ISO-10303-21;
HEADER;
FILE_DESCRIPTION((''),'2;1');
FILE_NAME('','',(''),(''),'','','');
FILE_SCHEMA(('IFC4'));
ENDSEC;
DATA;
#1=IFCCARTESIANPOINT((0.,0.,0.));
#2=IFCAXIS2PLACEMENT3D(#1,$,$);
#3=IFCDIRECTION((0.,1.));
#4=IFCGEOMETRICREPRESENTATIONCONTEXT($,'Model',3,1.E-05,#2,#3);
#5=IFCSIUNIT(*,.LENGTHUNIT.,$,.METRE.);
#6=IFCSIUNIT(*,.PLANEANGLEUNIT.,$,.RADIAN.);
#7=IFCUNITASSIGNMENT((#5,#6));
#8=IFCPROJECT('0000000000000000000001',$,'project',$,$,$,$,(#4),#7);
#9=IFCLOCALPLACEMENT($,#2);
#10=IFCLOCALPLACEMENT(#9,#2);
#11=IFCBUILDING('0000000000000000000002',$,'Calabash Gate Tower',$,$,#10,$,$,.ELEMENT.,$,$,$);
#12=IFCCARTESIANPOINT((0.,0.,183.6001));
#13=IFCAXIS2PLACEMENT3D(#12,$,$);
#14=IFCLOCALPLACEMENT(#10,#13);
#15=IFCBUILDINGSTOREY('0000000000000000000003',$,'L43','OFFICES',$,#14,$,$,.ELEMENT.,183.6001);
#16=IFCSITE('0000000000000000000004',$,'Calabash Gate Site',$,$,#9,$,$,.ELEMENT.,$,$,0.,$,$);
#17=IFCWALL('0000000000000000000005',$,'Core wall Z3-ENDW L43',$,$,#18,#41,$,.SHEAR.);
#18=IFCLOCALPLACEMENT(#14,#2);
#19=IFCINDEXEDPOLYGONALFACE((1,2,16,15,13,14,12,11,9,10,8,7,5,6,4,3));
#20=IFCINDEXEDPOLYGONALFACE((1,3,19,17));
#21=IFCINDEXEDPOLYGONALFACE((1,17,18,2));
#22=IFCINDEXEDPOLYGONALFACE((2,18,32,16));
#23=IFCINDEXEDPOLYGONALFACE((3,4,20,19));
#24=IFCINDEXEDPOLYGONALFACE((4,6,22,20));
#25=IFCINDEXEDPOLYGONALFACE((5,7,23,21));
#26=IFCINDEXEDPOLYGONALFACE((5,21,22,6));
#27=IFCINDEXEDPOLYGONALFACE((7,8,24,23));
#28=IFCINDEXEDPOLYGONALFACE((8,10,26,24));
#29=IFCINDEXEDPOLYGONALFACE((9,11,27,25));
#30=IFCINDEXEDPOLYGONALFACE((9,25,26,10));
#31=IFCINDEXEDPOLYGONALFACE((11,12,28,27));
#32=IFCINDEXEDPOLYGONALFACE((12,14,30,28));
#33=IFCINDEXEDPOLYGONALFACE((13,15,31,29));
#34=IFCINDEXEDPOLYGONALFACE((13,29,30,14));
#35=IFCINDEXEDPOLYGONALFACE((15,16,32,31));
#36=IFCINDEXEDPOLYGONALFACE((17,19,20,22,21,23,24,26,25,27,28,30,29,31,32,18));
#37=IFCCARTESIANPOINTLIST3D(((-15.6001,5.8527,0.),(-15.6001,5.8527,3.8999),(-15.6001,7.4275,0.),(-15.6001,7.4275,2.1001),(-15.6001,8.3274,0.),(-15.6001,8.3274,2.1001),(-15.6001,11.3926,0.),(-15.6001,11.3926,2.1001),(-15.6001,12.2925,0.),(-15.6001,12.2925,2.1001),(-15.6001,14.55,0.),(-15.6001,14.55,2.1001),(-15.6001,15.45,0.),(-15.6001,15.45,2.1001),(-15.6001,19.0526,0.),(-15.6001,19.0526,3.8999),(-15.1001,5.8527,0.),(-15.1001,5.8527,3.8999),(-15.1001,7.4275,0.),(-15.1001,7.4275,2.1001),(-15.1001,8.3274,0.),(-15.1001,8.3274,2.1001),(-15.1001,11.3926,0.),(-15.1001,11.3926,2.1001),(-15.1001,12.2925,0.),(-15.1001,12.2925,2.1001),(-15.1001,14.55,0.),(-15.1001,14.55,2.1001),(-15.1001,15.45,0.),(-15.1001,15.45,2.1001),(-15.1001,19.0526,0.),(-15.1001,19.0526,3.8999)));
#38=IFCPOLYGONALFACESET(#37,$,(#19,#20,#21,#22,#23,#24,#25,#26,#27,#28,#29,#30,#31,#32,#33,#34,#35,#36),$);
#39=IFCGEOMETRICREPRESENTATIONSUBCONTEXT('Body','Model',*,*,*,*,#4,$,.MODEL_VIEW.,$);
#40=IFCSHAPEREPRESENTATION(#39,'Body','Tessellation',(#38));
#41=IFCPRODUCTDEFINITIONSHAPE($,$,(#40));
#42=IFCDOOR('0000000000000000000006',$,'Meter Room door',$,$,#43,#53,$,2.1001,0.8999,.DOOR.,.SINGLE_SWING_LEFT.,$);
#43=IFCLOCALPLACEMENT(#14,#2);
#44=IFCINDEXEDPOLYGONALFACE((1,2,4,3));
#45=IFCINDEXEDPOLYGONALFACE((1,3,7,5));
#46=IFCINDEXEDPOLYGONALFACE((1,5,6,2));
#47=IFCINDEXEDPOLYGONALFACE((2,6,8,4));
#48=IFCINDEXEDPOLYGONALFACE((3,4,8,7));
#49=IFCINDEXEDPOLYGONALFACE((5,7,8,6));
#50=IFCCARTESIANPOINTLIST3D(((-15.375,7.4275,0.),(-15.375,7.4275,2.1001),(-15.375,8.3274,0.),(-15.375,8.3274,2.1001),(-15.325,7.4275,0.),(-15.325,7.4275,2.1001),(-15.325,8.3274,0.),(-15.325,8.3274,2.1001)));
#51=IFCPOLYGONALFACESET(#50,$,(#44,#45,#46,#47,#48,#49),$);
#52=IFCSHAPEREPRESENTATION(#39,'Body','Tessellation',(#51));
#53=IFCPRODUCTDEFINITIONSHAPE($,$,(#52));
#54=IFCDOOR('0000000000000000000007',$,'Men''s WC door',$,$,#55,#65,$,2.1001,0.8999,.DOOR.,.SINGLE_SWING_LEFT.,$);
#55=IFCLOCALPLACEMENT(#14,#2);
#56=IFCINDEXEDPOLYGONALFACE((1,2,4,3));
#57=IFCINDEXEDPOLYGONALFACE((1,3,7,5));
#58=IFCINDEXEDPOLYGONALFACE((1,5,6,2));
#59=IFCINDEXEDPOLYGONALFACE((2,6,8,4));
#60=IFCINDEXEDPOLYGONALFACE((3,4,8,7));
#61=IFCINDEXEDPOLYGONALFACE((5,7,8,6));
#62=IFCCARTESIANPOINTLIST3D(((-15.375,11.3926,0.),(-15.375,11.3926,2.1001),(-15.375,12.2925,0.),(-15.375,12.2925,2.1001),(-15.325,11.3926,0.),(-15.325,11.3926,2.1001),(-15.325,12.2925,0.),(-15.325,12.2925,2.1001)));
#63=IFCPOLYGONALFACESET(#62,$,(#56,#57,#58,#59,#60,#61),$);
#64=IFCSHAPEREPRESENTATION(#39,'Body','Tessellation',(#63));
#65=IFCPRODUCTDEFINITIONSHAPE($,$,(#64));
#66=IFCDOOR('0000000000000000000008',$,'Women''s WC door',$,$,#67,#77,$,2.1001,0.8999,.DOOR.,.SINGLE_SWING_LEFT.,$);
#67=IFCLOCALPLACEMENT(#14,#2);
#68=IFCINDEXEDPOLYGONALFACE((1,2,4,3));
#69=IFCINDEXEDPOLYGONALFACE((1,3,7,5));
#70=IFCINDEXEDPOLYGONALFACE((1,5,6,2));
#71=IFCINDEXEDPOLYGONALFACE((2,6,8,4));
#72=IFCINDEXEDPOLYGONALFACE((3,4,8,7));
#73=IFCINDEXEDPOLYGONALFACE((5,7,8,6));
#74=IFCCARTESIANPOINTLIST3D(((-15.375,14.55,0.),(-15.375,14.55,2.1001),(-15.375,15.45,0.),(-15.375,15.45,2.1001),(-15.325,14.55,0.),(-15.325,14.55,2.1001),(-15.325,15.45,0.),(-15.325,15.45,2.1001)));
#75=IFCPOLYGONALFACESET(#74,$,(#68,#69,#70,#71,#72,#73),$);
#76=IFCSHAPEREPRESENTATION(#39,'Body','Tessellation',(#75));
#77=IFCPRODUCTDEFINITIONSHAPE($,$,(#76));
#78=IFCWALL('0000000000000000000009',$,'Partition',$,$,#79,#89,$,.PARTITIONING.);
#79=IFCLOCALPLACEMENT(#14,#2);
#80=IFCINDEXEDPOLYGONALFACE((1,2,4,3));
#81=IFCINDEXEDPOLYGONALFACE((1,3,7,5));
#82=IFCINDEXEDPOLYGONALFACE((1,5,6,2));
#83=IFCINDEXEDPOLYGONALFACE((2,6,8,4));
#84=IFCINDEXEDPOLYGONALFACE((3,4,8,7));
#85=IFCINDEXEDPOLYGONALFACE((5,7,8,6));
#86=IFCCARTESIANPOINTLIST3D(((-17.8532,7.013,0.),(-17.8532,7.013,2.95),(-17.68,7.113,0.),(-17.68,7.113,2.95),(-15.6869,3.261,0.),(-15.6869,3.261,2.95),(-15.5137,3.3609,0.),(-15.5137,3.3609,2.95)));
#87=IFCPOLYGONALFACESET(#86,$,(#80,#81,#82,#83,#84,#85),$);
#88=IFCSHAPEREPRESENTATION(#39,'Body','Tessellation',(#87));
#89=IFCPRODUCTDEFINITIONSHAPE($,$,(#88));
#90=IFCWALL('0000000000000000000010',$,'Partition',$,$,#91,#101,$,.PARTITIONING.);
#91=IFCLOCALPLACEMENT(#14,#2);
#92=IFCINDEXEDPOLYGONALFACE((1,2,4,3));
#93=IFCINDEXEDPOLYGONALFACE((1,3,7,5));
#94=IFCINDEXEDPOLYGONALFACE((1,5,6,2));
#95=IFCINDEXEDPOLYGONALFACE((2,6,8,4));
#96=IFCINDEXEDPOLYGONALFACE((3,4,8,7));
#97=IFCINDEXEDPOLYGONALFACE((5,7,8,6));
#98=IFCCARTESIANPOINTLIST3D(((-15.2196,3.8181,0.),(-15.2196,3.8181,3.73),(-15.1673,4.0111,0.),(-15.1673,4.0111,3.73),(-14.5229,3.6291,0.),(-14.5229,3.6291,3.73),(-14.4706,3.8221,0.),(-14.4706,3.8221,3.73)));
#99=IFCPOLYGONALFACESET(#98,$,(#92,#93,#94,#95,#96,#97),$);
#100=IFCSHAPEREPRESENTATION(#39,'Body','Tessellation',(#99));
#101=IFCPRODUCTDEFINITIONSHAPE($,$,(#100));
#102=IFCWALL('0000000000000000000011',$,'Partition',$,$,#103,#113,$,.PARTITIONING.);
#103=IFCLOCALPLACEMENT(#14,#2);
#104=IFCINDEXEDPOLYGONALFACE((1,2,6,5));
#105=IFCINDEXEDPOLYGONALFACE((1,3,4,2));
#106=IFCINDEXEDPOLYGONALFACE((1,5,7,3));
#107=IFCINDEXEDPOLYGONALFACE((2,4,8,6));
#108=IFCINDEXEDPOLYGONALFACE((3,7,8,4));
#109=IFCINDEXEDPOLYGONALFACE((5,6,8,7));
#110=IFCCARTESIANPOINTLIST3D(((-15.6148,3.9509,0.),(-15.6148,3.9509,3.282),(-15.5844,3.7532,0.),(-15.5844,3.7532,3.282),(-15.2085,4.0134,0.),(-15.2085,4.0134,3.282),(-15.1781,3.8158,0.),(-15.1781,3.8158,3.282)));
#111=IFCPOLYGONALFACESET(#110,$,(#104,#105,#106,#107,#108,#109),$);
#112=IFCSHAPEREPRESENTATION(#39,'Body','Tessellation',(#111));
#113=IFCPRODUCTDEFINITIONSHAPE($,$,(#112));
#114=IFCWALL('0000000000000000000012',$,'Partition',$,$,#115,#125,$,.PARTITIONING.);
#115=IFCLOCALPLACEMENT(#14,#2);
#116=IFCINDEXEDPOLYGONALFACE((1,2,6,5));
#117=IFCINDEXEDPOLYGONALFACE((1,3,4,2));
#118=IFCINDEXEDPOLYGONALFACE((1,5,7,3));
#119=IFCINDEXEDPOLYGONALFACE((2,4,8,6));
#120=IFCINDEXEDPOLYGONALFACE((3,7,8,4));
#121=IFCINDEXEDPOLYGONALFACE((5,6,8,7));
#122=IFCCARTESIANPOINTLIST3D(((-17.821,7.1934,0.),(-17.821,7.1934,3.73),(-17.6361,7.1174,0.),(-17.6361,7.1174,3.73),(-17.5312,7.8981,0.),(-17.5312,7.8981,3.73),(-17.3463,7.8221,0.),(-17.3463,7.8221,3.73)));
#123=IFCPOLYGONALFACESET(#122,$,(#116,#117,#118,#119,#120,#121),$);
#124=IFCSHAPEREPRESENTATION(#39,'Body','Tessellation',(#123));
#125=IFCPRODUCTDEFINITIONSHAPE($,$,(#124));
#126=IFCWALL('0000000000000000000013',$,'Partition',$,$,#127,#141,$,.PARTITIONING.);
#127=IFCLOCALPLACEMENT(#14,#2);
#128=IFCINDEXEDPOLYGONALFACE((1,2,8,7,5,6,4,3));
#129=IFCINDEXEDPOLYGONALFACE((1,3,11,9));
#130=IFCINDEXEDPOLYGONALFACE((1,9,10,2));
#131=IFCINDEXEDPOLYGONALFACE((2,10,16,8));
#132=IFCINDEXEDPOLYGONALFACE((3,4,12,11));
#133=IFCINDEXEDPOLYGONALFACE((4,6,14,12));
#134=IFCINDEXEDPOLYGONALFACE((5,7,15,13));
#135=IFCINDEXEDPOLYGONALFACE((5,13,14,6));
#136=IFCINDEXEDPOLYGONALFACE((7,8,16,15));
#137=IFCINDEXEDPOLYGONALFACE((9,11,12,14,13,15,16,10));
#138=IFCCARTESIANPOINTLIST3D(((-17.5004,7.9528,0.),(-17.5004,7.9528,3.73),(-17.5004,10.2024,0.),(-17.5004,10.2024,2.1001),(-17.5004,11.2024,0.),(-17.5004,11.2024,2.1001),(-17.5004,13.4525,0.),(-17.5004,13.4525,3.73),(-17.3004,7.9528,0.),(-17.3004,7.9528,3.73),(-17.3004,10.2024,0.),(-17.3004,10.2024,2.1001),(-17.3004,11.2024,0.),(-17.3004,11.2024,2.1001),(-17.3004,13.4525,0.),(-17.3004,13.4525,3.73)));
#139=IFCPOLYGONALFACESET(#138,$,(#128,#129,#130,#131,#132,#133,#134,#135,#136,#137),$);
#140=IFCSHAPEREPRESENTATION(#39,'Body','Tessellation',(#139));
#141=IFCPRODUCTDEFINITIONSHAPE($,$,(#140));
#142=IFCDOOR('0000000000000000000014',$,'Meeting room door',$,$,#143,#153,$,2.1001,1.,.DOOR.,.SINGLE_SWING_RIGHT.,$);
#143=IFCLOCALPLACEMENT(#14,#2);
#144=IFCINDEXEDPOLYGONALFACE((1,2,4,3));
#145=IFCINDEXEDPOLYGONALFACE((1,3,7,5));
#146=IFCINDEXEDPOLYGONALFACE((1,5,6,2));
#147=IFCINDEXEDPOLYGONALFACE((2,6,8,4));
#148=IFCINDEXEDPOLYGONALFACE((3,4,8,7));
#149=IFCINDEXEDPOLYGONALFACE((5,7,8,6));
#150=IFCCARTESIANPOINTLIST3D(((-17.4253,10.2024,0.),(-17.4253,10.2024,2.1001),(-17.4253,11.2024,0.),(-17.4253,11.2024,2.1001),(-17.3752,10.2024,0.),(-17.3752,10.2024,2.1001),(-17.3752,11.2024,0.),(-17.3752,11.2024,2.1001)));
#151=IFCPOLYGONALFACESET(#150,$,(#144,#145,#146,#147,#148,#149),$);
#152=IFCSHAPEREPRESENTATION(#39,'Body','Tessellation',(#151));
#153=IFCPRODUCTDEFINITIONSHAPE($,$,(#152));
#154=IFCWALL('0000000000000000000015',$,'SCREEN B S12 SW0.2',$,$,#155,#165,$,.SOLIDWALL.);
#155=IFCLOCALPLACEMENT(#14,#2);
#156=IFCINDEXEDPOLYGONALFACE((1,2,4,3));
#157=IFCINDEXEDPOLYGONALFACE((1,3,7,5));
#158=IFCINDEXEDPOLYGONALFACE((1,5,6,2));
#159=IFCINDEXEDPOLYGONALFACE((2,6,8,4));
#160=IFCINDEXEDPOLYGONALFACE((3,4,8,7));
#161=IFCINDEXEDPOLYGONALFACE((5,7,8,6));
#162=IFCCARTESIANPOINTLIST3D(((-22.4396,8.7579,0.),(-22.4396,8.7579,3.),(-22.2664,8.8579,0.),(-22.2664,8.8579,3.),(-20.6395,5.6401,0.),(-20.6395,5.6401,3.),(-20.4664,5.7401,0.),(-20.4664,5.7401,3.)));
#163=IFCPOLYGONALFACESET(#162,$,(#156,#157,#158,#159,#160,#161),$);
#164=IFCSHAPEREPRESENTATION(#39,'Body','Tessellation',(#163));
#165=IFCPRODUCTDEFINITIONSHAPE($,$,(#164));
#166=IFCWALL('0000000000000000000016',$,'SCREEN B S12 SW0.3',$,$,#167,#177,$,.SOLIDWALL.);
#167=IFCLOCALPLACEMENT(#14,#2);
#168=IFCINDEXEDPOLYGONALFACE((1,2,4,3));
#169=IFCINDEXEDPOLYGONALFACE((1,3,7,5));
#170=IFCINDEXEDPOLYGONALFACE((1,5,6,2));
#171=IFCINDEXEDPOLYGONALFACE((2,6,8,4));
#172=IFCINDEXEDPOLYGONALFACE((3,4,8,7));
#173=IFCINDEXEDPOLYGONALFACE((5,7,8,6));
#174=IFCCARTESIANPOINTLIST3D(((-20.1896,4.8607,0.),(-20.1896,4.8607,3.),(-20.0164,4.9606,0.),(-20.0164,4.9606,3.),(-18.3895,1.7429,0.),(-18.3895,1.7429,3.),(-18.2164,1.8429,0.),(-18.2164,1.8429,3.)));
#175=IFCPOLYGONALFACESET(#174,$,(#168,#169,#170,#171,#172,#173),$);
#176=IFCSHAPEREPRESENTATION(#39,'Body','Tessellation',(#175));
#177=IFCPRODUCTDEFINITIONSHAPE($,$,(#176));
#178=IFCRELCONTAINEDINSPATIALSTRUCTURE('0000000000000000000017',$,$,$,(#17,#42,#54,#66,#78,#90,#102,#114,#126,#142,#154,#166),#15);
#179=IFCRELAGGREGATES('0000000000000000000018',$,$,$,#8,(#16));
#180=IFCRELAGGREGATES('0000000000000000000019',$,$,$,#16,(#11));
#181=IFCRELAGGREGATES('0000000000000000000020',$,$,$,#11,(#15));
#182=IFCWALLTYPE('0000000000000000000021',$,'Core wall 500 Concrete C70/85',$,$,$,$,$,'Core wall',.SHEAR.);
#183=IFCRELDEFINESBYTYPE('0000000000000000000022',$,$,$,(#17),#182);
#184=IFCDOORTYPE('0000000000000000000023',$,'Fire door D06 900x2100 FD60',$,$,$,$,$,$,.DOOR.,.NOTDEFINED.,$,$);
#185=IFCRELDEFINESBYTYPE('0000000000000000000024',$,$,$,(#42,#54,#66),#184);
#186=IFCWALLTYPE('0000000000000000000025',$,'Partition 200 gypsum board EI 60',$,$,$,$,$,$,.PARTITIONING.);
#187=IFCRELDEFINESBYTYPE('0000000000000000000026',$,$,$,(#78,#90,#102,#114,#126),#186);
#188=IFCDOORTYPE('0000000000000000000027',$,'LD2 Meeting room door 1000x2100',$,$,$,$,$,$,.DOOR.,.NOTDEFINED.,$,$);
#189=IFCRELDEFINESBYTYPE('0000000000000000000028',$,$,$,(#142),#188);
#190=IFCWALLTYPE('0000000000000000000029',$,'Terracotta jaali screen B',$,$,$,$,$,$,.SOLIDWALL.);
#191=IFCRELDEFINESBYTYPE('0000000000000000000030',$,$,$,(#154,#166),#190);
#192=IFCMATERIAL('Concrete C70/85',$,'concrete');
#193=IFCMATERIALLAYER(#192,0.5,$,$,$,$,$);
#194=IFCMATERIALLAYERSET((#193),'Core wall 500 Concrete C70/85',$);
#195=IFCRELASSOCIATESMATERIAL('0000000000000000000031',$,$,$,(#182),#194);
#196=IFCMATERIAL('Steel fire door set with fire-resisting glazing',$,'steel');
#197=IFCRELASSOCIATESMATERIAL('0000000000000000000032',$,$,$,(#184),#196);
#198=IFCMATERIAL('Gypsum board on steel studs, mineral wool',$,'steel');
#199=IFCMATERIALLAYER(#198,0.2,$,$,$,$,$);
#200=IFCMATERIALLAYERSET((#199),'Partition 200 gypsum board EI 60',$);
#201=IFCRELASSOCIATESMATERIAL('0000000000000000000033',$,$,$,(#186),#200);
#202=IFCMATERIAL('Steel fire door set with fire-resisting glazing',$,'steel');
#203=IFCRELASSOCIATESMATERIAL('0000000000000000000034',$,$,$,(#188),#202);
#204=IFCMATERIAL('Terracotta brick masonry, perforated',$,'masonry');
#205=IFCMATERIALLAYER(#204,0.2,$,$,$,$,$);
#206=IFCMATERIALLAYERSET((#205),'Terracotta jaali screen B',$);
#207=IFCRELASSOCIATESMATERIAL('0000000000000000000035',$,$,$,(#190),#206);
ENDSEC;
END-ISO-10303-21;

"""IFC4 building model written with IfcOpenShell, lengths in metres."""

from ifc_helpers import new_model, si_unit, direction, frame, frame_2d, origin, place, context, subcontext, project, spatial, rectangle, extrude, material, layer, layer_set, type_object, element, fill, save


model = new_model("IFC4")

# Units and contexts
model_context = context("Model", 3, precision=1e-05, world=origin(), true_north=direction((0.0, 1.0)))
body_context = subcontext(model_context, "Body", "Model", "MODEL_VIEW")
ifc_project = project(units=[si_unit("LENGTHUNIT", "METRE"), si_unit("PLANEANGLEUNIT", "RADIAN")], contexts=[model_context])

# Site, building, storey
site_placement = place(None, origin())
site = spatial("IfcSite", under=ifc_project, at=site_placement, Name="Calabash Gate Site", CompositionType="ELEMENT", RefElevation=0.0)
building_placement = place(site_placement, origin())
building = spatial("IfcBuilding", under=site, at=building_placement, Name="Calabash Gate Tower", CompositionType="ELEMENT")
storey_placement = place(building_placement, frame((0.0, 0.0, 183.6001)))
storey = spatial("IfcBuildingStorey", under=building, at=storey_placement, Name="L43", Description="OFFICES", CompositionType="ELEMENT", Elevation=183.6001)

# Wall, openings, doors
ifc_material_1 = material(Name="Concrete C70/85", Category="concrete")
ifc_layer_1 = layer(ifc_material_1, 0.5)
ifc_layer_set_1 = layer_set([ifc_layer_1], Name="Core wall 500 Concrete C70/85")
wall_type_1 = type_object("IfcWallType", Name="Core wall 500 Concrete C70/85", ElementType="Core wall", PredefinedType="SHEAR", material=ifc_layer_set_1)
wall_1_placement = place(storey_placement, frame((-15.3501, 5.8525, 0.0), z_axis=(0.0, 0.0, 1.0), x_axis=(0.0, 1.0, 0.0)))
wall_1 = element("IfcWall", 1, at=wall_1_placement, inside=storey, type_object=wall_type_1, Name="Core wall Z3-ENDW L43", PredefinedType="SHEAR", context=body_context, shape_type="SweptSolid", body=[
    extrude(rectangle(XDim=13.2, YDim=0.5, at=frame_2d((6.6001, 0.0))), origin(), (0.0, 0.0, 1.0), 3.8999),
])
opening_1_placement = place(wall_1_placement, frame((1.575, 0.0, 0.0)))
opening_1 = element("IfcOpeningElement", 2, at=opening_1_placement, cuts=wall_1, PredefinedType="OPENING", context=body_context, shape_type="SweptSolid", body=[
    extrude(rectangle(XDim=0.8999, YDim=2.1001, at=frame_2d((0.45, 1.05))), frame((0.0, 0.26, 0.0), z_axis=(0.0, -1.0, 0.0), x_axis=(1.0, 0.0, 0.0)), (0.0, 0.0, 1.0), 0.52),
])
opening_2_placement = place(wall_1_placement, frame((5.54, 0.0, 0.0)))
opening_2 = element("IfcOpeningElement", 3, at=opening_2_placement, cuts=wall_1, PredefinedType="OPENING", context=body_context, shape_type="SweptSolid", body=[
    extrude(rectangle(XDim=0.8999, YDim=2.1001, at=frame_2d((0.45, 1.05))), frame((0.0, 0.26, 0.0), z_axis=(0.0, -1.0, 0.0), x_axis=(1.0, 0.0, 0.0)), (0.0, 0.0, 1.0), 0.52),
])
opening_3_placement = place(wall_1_placement, frame((8.6975, 0.0, 0.0)))
opening_3 = element("IfcOpeningElement", 4, at=opening_3_placement, cuts=wall_1, PredefinedType="OPENING", context=body_context, shape_type="SweptSolid", body=[
    extrude(rectangle(XDim=0.8999, YDim=2.1001, at=frame_2d((0.45, 1.05))), frame((0.0, 0.26, 0.0), z_axis=(0.0, -1.0, 0.0), x_axis=(1.0, 0.0, 0.0)), (0.0, 0.0, 1.0), 0.52),
])
ifc_material_2 = material(Name="Steel fire door set with fire-resisting glazing", Category="steel")
door_type_1 = type_object("IfcDoorType", Name="Fire door D06 900x2100 FD60", OperationType="NOTDEFINED", PredefinedType="DOOR", material=ifc_material_2)
door_1_placement = place(opening_1_placement, origin())
door_1 = element("IfcDoor", 5, at=door_1_placement, inside=storey, type_object=door_type_1, Name="Meter Room door", OperationType="SINGLE_SWING_LEFT", OverallHeight=2.1001, OverallWidth=0.8999, PredefinedType="DOOR", context=body_context, shape_type="SweptSolid", body=[
    extrude(rectangle(XDim=0.8999, YDim=2.1001, at=frame_2d((0.45, 1.05))), frame((0.0, 0.0249, 0.0), z_axis=(0.0, -1.0, 0.0), x_axis=(1.0, 0.0, 0.0)), (0.0, 0.0, 1.0), 0.05),
])
fill(opening_1, door_1)
door_2_placement = place(opening_2_placement, origin())
door_2 = element("IfcDoor", 6, at=door_2_placement, inside=storey, type_object=door_type_1, Name="Men's WC door", OperationType="SINGLE_SWING_LEFT", OverallHeight=2.1001, OverallWidth=0.8999, PredefinedType="DOOR", context=body_context, shape_type="SweptSolid", body=[
    extrude(rectangle(XDim=0.8999, YDim=2.1001, at=frame_2d((0.45, 1.05))), frame((0.0, 0.0249, 0.0), z_axis=(0.0, -1.0, 0.0), x_axis=(1.0, 0.0, 0.0)), (0.0, 0.0, 1.0), 0.05),
])
fill(opening_2, door_2)
door_3_placement = place(opening_3_placement, origin())
door_3 = element("IfcDoor", 7, at=door_3_placement, inside=storey, type_object=door_type_1, Name="Women's WC door", OperationType="SINGLE_SWING_LEFT", OverallHeight=2.1001, OverallWidth=0.8999, PredefinedType="DOOR", context=body_context, shape_type="SweptSolid", body=[
    extrude(rectangle(XDim=0.8999, YDim=2.1001, at=frame_2d((0.45, 1.05))), frame((0.0, 0.0249, 0.0), z_axis=(0.0, -1.0, 0.0), x_axis=(1.0, 0.0, 0.0)), (0.0, 0.0, 1.0), 0.05),
])
fill(opening_3, door_3)

# Walls
ifc_material_3 = material(Name="Gypsum board on steel studs, mineral wool", Category="steel")
ifc_layer_2 = layer(ifc_material_3, 0.2)
ifc_layer_set_2 = layer_set([ifc_layer_2], Name="Partition 200 gypsum board EI 60")
wall_type_2 = type_object("IfcWallType", Name="Partition 200 gypsum board EI 60", PredefinedType="PARTITIONING", material=ifc_layer_set_2)
wall_2_placement = place(storey_placement, frame((-17.7666, 7.063, 0.0), z_axis=(0.0, 0.0, 1.0), x_axis=(0.500012, -0.866019, 0.0)))
element("IfcWall", 8, at=wall_2_placement, inside=storey, type_object=wall_type_2, Name="Partition", PredefinedType="PARTITIONING", context=body_context, shape_type="SweptSolid", body=[
    extrude(rectangle(XDim=4.3325, YDim=0.2, at=frame_2d((2.1663, 0.0))), origin(), (0.0, 0.0, 1.0), 2.95),
])
wall_3_placement = place(storey_placement, frame((-15.1934, 3.9146, 0.0), z_axis=(0.0, 0.0, 1.0), x_axis=(0.965137, -0.261744, 0.0)))
element("IfcWall", 9, at=wall_3_placement, inside=storey, type_object=wall_type_2, Name="Partition", PredefinedType="PARTITIONING", context=body_context, shape_type="SweptSolid", body=[
    extrude(rectangle(XDim=0.7219, YDim=0.2, at=frame_2d((0.3608, 0.0))), origin(), (0.0, 0.0, 1.0), 3.73),
])
wall_4_placement = place(storey_placement, frame((-15.5996, 3.8521, 0.0), z_axis=(0.0, 0.0, 1.0), x_axis=(0.988372, 0.152057, 0.0)))
element("IfcWall", 10, at=wall_4_placement, inside=storey, type_object=wall_type_2, Name="Partition", PredefinedType="PARTITIONING", context=body_context, shape_type="SweptSolid", body=[
    extrude(rectangle(XDim=0.4111, YDim=0.2, at=frame_2d((0.2056, 0.0))), origin(), (0.0, 0.0, 1.0), 3.282),
])
wall_5_placement = place(storey_placement, frame((-17.7285, 7.1555, 0.0), z_axis=(0.0, 0.0, 1.0), x_axis=(0.380379, 0.924831, 0.0)))
element("IfcWall", 11, at=wall_5_placement, inside=storey, type_object=wall_type_2, Name="Partition", PredefinedType="PARTITIONING", context=body_context, shape_type="SweptSolid", body=[
    extrude(rectangle(XDim=0.762, YDim=0.2, at=frame_2d((0.3809, 0.0))), origin(), (0.0, 0.0, 1.0), 3.73),
])

# Wall, opening, door
wall_6_placement = place(storey_placement, frame((-17.4004, 7.9526, 0.0), z_axis=(0.0, 0.0, 1.0), x_axis=(0.0, 1.0, 0.0)))
wall_6 = element("IfcWall", 12, at=wall_6_placement, inside=storey, type_object=wall_type_2, Name="Partition", PredefinedType="PARTITIONING", context=body_context, shape_type="SweptSolid", body=[
    extrude(rectangle(XDim=5.4998, YDim=0.2, at=frame_2d((2.75, 0.0))), origin(), (0.0, 0.0, 1.0), 3.73),
])
opening_4_placement = place(wall_6_placement, frame((2.2498, 0.0, 0.0)))
opening_4 = element("IfcOpeningElement", 13, at=opening_4_placement, cuts=wall_6, PredefinedType="OPENING", context=body_context, shape_type="SweptSolid", body=[
    extrude(rectangle(XDim=1.0, YDim=2.1001, at=frame_2d((0.5, 1.05))), frame((0.0, 0.1099, 0.0), z_axis=(0.0, -1.0, 0.0), x_axis=(1.0, 0.0, 0.0)), (0.0, 0.0, 1.0), 0.22),
])
ifc_material_4 = material(Name="Steel fire door set with fire-resisting glazing", Category="steel")
door_type_2 = type_object("IfcDoorType", Name="LD2 Meeting room door 1000x2100", OperationType="NOTDEFINED", PredefinedType="DOOR", material=ifc_material_4)
door_4_placement = place(opening_4_placement, origin())
door_4 = element("IfcDoor", 14, at=door_4_placement, inside=storey, type_object=door_type_2, Name="Meeting room door", OperationType="SINGLE_SWING_RIGHT", OverallHeight=2.1001, OverallWidth=1.0, PredefinedType="DOOR", context=body_context, shape_type="SweptSolid", body=[
    extrude(rectangle(XDim=1.0, YDim=2.1001, at=frame_2d((0.5, 1.05))), frame((0.0, 0.0249, 0.0), z_axis=(0.0, -1.0, 0.0), x_axis=(1.0, 0.0, 0.0)), (0.0, 0.0, 1.0), 0.05),
])
fill(opening_4, door_4)

# Walls
ifc_material_5 = material(Name="Terracotta brick masonry, perforated", Category="masonry")
ifc_layer_3 = layer(ifc_material_5, 0.2)
ifc_layer_set_3 = layer_set([ifc_layer_3], Name="Terracotta jaali screen B")
wall_type_3 = type_object("IfcWallType", Name="Terracotta jaali screen B", PredefinedType="SOLIDWALL", material=ifc_layer_set_3)
for number, where, z_axis, x_axis, name in (
    (15, (-22.353, 8.8079, 0.0), (0.0, 0.0, 1.0), (0.500012, -0.866018, 0.0), "SCREEN B S12 SW0.2"),
    (16, (-20.103, 4.9106, 0.0), (0.0, 0.0, 1.0), (0.500012, -0.866018, 0.0), "SCREEN B S12 SW0.3"),
):
    element("IfcWall", number, at=place(storey_placement, frame(where, z_axis=z_axis, x_axis=x_axis)), inside=storey, type_object=wall_type_3, Name=name, PredefinedType="SOLIDWALL", context=body_context, shape_type="SweptSolid", body=[
        extrude(rectangle(XDim=3.6001, YDim=0.2, at=frame_2d((1.8, 0.0))), origin(), (0.0, 0.0, 1.0), 3.0),
    ])

save(model, "model.ifc")
